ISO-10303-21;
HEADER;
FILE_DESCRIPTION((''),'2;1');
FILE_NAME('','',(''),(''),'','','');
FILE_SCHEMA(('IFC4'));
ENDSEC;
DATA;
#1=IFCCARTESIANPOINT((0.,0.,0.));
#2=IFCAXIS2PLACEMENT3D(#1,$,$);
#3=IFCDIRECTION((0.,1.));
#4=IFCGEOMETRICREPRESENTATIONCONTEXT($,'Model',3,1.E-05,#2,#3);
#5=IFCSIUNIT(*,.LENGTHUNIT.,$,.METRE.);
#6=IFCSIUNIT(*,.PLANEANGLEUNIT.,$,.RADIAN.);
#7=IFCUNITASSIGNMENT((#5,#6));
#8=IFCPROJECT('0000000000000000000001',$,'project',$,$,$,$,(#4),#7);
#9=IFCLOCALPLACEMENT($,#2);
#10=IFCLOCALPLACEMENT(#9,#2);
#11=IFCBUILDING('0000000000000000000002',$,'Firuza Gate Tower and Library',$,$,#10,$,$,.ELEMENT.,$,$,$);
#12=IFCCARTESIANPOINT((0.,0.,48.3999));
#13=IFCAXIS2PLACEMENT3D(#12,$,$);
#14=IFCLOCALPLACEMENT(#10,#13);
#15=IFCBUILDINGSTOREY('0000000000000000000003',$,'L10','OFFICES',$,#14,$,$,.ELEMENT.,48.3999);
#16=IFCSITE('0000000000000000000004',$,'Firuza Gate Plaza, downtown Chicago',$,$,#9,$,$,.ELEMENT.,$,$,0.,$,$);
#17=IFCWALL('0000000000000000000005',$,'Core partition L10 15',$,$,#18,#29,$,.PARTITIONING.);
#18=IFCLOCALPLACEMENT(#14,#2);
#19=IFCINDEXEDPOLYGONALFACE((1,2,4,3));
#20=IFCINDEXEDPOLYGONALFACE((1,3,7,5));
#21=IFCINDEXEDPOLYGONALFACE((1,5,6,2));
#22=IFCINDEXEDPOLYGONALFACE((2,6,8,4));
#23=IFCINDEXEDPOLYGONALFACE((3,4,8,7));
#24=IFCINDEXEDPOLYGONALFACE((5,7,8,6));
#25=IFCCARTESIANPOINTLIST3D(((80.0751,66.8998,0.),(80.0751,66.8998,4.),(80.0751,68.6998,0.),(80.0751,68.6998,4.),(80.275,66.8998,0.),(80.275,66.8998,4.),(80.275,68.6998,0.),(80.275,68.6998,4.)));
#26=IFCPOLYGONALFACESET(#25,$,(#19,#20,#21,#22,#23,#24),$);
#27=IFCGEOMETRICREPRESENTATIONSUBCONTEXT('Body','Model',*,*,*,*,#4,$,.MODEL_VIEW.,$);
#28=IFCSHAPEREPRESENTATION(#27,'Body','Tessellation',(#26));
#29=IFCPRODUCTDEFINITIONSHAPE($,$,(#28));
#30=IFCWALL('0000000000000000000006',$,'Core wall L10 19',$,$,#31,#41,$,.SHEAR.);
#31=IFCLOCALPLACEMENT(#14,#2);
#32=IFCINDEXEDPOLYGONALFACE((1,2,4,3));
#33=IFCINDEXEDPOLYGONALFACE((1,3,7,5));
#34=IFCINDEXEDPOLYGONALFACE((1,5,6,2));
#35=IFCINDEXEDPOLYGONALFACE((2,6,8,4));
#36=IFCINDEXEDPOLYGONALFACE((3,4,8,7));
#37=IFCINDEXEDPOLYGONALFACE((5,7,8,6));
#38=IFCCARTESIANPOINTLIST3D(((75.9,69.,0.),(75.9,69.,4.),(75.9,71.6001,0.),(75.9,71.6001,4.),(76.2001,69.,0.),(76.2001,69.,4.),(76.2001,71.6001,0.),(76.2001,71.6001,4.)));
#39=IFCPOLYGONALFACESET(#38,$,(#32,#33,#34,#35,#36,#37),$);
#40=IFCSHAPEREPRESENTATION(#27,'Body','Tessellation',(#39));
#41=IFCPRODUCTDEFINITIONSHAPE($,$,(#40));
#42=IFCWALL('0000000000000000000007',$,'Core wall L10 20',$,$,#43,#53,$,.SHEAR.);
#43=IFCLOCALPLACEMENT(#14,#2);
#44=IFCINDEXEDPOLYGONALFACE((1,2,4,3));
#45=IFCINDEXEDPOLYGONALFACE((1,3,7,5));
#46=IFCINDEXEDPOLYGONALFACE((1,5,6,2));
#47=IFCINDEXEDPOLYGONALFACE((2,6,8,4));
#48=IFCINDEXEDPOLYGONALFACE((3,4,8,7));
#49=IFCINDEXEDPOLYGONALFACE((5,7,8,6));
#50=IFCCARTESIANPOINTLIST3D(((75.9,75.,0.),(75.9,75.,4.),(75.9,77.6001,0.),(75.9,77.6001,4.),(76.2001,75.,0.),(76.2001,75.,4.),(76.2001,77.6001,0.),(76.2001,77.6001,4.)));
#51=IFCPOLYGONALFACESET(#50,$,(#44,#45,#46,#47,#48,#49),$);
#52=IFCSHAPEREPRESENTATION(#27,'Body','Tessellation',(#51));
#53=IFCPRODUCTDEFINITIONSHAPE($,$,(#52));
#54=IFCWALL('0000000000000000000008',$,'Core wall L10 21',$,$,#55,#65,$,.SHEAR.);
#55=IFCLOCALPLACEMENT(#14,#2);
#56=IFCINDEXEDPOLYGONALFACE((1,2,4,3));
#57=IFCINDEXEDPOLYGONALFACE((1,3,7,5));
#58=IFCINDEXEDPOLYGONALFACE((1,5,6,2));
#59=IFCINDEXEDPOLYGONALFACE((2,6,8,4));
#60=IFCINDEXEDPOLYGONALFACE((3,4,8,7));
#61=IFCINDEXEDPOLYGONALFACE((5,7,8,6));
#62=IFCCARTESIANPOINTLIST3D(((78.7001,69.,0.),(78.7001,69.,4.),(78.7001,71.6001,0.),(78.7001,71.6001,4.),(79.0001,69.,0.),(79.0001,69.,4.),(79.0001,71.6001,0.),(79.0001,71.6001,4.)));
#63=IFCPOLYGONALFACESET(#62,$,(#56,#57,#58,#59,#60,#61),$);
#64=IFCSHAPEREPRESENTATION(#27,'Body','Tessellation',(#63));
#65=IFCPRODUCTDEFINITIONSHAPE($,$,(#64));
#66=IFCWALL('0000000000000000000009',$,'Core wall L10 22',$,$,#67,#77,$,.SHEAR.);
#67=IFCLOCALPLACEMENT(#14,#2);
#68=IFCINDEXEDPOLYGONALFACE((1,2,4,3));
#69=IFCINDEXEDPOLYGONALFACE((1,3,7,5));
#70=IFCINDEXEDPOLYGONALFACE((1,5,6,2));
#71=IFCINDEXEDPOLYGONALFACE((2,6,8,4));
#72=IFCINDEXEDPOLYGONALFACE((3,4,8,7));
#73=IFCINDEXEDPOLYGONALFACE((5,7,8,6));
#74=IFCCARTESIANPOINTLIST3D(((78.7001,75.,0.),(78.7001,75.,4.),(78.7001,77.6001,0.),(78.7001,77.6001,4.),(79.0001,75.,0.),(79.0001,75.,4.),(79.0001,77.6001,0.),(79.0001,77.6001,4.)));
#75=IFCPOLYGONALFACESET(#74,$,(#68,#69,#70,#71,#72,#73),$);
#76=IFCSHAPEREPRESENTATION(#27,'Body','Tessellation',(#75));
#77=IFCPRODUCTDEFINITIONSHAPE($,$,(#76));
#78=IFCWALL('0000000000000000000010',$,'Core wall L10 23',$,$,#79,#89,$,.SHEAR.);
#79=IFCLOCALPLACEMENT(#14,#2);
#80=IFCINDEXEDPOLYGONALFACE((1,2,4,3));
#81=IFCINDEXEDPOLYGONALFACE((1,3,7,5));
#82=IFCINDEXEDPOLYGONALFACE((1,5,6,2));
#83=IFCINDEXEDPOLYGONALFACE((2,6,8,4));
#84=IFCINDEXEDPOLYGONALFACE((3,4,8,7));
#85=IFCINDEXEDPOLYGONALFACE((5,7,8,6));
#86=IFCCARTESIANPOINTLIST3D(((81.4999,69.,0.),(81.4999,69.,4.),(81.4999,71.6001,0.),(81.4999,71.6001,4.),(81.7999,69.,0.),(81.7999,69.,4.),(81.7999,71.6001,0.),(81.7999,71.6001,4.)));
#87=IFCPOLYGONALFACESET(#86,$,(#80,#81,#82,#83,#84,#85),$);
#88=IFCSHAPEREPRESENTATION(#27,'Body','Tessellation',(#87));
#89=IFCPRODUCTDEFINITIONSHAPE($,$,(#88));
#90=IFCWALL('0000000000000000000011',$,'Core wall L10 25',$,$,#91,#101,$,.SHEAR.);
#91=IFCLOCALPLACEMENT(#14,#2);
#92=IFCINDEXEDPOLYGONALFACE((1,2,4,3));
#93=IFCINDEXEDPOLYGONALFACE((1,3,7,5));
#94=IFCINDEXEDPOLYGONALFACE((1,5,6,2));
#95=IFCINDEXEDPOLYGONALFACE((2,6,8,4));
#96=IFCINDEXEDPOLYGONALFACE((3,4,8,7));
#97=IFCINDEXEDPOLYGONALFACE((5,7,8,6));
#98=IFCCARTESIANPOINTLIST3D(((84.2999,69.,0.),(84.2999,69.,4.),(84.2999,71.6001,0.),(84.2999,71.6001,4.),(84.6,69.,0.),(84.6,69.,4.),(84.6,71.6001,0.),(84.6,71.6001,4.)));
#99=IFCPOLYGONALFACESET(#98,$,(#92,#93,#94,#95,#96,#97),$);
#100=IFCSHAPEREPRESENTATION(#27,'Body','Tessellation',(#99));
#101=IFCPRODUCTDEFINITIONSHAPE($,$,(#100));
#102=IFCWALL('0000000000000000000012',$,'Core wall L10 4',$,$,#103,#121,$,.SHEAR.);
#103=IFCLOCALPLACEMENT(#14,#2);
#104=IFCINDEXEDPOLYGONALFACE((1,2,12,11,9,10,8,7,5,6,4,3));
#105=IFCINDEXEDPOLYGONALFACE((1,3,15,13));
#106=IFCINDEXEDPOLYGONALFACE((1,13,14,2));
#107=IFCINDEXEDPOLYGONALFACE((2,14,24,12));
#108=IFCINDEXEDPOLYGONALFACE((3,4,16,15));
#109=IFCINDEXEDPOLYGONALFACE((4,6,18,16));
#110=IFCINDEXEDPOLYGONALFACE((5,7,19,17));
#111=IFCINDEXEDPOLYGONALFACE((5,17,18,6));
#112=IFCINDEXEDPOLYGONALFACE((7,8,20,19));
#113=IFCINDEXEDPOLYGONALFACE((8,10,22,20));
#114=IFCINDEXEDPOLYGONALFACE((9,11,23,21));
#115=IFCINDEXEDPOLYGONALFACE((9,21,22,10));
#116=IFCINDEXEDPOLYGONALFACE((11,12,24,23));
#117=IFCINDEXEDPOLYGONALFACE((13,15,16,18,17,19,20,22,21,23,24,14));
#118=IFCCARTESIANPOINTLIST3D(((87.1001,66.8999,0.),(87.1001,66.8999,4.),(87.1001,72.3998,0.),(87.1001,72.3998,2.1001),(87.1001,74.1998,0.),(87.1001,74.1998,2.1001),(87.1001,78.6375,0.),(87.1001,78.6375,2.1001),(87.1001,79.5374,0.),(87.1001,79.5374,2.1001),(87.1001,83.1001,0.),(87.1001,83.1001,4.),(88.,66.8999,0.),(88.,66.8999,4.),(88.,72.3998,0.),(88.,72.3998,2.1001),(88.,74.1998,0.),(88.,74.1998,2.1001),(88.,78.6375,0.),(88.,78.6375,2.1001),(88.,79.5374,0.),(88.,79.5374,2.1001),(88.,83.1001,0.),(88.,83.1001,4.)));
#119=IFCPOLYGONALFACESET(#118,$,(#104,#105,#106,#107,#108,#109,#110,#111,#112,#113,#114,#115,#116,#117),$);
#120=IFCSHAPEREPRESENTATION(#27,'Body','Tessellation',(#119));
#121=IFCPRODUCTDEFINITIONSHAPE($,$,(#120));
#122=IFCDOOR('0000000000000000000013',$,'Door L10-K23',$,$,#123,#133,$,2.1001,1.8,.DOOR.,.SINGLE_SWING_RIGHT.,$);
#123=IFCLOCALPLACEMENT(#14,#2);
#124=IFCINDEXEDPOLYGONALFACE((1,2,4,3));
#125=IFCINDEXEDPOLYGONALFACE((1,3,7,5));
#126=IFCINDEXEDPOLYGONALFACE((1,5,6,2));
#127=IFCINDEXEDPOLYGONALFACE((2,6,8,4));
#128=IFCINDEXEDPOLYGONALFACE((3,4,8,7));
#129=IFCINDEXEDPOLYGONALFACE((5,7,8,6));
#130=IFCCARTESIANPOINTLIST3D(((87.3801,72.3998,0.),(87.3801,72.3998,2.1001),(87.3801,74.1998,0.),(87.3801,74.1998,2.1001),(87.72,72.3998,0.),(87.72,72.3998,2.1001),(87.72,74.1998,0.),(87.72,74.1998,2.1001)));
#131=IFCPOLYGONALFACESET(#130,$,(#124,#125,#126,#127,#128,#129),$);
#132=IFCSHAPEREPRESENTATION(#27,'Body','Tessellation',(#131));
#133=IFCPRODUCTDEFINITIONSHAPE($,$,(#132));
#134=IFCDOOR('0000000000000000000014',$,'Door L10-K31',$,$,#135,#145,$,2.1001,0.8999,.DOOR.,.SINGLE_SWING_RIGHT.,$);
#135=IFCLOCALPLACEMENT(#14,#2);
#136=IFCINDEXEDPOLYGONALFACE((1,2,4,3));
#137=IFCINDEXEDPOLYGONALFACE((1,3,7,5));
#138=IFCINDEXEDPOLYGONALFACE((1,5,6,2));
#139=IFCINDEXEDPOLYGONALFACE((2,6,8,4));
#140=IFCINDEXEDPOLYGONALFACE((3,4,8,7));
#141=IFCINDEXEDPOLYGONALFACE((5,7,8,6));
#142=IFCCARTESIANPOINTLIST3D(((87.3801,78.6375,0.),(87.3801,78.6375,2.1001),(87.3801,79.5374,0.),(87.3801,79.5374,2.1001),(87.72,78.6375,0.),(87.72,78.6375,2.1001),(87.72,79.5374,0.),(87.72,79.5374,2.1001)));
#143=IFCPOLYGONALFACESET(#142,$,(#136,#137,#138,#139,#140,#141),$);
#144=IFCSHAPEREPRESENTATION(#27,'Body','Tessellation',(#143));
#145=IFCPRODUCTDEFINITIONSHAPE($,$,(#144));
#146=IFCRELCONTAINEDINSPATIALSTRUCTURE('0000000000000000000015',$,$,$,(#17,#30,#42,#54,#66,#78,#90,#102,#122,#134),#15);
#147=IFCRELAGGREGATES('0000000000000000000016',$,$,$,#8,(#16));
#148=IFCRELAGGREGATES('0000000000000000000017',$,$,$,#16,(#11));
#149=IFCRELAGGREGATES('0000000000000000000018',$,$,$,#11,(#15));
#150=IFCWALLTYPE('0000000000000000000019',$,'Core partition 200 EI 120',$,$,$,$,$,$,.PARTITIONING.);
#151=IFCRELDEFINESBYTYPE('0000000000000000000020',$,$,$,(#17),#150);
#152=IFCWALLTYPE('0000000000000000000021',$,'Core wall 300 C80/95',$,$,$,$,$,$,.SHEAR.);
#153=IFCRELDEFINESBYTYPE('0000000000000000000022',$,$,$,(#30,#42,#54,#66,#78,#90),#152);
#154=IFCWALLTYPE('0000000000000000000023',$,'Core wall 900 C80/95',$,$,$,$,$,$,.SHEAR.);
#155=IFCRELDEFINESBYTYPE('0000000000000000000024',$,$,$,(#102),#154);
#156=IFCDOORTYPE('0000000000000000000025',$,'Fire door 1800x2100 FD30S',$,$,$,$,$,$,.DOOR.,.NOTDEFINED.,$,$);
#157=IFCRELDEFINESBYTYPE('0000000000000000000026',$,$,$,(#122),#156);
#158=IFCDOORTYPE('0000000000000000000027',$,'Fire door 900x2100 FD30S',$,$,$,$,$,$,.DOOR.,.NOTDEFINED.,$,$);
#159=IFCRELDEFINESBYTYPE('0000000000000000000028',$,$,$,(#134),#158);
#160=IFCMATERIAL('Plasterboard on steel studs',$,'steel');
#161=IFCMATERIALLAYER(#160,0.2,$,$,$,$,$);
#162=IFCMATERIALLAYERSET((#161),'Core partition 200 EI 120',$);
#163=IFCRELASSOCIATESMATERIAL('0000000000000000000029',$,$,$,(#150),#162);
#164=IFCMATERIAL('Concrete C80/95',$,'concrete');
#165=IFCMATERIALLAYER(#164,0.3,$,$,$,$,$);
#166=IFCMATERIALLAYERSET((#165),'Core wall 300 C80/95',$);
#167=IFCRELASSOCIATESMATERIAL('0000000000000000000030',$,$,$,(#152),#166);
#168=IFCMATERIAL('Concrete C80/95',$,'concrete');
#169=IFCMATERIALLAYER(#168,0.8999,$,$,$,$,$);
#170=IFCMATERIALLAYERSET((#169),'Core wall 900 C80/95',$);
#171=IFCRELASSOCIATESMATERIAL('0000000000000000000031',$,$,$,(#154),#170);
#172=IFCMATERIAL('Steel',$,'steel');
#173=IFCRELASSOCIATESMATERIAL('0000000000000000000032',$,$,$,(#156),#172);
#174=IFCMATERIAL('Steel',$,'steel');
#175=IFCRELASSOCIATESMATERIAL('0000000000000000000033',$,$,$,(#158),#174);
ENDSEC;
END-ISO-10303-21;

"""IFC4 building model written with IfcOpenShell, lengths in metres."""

from ifc_helpers import new_model, si_unit, direction, frame, frame_2d, origin, place, context, subcontext, project, spatial, rectangle, extrude, material, layer, layer_set, type_object, element, fill, save


model = new_model("IFC4")

# Units and contexts
model_context = context("Model", 3, precision=1e-05, world=origin(), true_north=direction((0.0, 1.0)))
body_context = subcontext(model_context, "Body", "Model", "MODEL_VIEW")
ifc_project = project(units=[si_unit("LENGTHUNIT", "METRE"), si_unit("PLANEANGLEUNIT", "RADIAN")], contexts=[model_context])

# Site, building, storey
site_placement = place(None, origin())
site = spatial("IfcSite", under=ifc_project, at=site_placement, Name="Firuza Gate Plaza, downtown Chicago", CompositionType="ELEMENT", RefElevation=0.0)
building_placement = place(site_placement, origin())
building = spatial("IfcBuilding", under=site, at=building_placement, Name="Firuza Gate Tower and Library", CompositionType="ELEMENT")
storey_placement = place(building_placement, frame((0.0, 0.0, 48.3999)))
storey = spatial("IfcBuildingStorey", under=building, at=storey_placement, Name="L10", Description="OFFICES", CompositionType="ELEMENT", Elevation=48.3999)

# Walls
ifc_material_1 = material(Name="Plasterboard on steel studs", Category="steel")
ifc_layer_1 = layer(ifc_material_1, 0.2)
ifc_layer_set_1 = layer_set([ifc_layer_1], Name="Core partition 200 EI 120")
wall_type_1 = type_object("IfcWallType", Name="Core partition 200 EI 120", PredefinedType="PARTITIONING", material=ifc_layer_set_1)
wall_1_placement = place(storey_placement, frame((80.175, 66.8999, 0.0), z_axis=(0.0, 0.0, 1.0), x_axis=(0.0, 1.0, 0.0)))
element("IfcWall", 1, at=wall_1_placement, inside=storey, type_object=wall_type_1, Name="Core partition L10 15", PredefinedType="PARTITIONING", context=body_context, shape_type="SweptSolid", body=[
    extrude(rectangle(XDim=1.8, YDim=0.2, at=frame_2d((0.8999, 0.0))), origin(), (0.0, 0.0, 1.0), 4.0),
])
ifc_material_2 = material(Name="Concrete C80/95", Category="concrete")
ifc_layer_2 = layer(ifc_material_2, 0.3)
ifc_layer_set_2 = layer_set([ifc_layer_2], Name="Core wall 300 C80/95")
wall_type_2 = type_object("IfcWallType", Name="Core wall 300 C80/95", PredefinedType="SHEAR", material=ifc_layer_set_2)
for number, where, z_axis, x_axis, name in (
    (2, (76.05, 69.0, 0.0), (0.0, 0.0, 1.0), (0.0, 1.0, 0.0), "Core wall L10 19"),
    (3, (76.05, 75.0, 0.0), (0.0, 0.0, 1.0), (0.0, 1.0, 0.0), "Core wall L10 20"),
    (4, (78.8501, 69.0, 0.0), (0.0, 0.0, 1.0), (0.0, 1.0, 0.0), "Core wall L10 21"),
    (5, (78.8501, 75.0, 0.0), (0.0, 0.0, 1.0), (0.0, 1.0, 0.0), "Core wall L10 22"),
    (6, (81.6499, 69.0, 0.0), (0.0, 0.0, 1.0), (0.0, 1.0, 0.0), "Core wall L10 23"),
    (7, (84.45, 69.0, 0.0), (0.0, 0.0, 1.0), (0.0, 1.0, 0.0), "Core wall L10 25"),
):
    element("IfcWall", number, at=place(storey_placement, frame(where, z_axis=z_axis, x_axis=x_axis)), inside=storey, type_object=wall_type_2, Name=name, PredefinedType="SHEAR", context=body_context, shape_type="SweptSolid", body=[
        extrude(rectangle(XDim=2.6001, YDim=0.3, at=frame_2d((1.3, 0.0))), origin(), (0.0, 0.0, 1.0), 4.0),
    ])

# Wall, openings, doors
ifc_material_3 = material(Name="Concrete C80/95", Category="concrete")
ifc_layer_3 = layer(ifc_material_3, 0.8999)
ifc_layer_set_3 = layer_set([ifc_layer_3], Name="Core wall 900 C80/95")
wall_type_3 = type_object("IfcWallType", Name="Core wall 900 C80/95", PredefinedType="SHEAR", material=ifc_layer_set_3)
wall_2_placement = place(storey_placement, frame((87.55, 66.8999, 0.0), z_axis=(0.0, 0.0, 1.0), x_axis=(0.0, 1.0, 0.0)))
wall_2 = element("IfcWall", 8, at=wall_2_placement, inside=storey, type_object=wall_type_3, Name="Core wall L10 4", PredefinedType="SHEAR", context=body_context, shape_type="SweptSolid", body=[
    extrude(rectangle(XDim=16.2002, YDim=0.8999, at=frame_2d((8.1001, 0.0))), origin(), (0.0, 0.0, 1.0), 4.0),
])
opening_1_placement = place(wall_2_placement, frame((5.5, 0.0, 0.0)))
opening_1 = element("IfcOpeningElement", 9, at=opening_1_placement, cuts=wall_2, PredefinedType="OPENING", context=body_context, shape_type="SweptSolid", body=[
    extrude(rectangle(XDim=1.8, YDim=2.1001, at=frame_2d((0.8999, 1.05))), frame((0.0, 0.46, 0.0), z_axis=(0.0, -1.0, 0.0), x_axis=(1.0, 0.0, 0.0)), (0.0, 0.0, 1.0), 0.9199),
])
opening_2_placement = place(wall_2_placement, frame((11.7375, 0.0, 0.0)))
opening_2 = element("IfcOpeningElement", 10, at=opening_2_placement, cuts=wall_2, PredefinedType="OPENING", context=body_context, shape_type="SweptSolid", body=[
    extrude(rectangle(XDim=0.8999, YDim=2.1001, at=frame_2d((0.45, 1.05))), frame((0.0, 0.46, 0.0), z_axis=(0.0, -1.0, 0.0), x_axis=(1.0, 0.0, 0.0)), (0.0, 0.0, 1.0), 0.9199),
])
ifc_material_4 = material(Name="Steel", Category="steel")
door_type_1 = type_object("IfcDoorType", Name="Fire door 1800x2100 FD30S", OperationType="NOTDEFINED", PredefinedType="DOOR", material=ifc_material_4)
door_1_placement = place(opening_1_placement, origin())
door_1 = element("IfcDoor", 11, at=door_1_placement, inside=storey, type_object=door_type_1, Name="Door L10-K23", OperationType="SINGLE_SWING_RIGHT", OverallHeight=2.1001, OverallWidth=1.8, PredefinedType="DOOR", context=body_context, shape_type="SweptSolid", body=[
    extrude(rectangle(XDim=1.8, YDim=2.1001, at=frame_2d((0.8999, 1.05))), frame((0.0, 0.1699, 0.0), z_axis=(0.0, -1.0, 0.0), x_axis=(1.0, 0.0, 0.0)), (0.0, 0.0, 1.0), 0.3398),
])
fill(opening_1, door_1)
ifc_material_5 = material(Name="Steel", Category="steel")
door_type_2 = type_object("IfcDoorType", Name="Fire door 900x2100 FD30S", OperationType="NOTDEFINED", PredefinedType="DOOR", material=ifc_material_5)
door_2_placement = place(opening_2_placement, origin())
door_2 = element("IfcDoor", 12, at=door_2_placement, inside=storey, type_object=door_type_2, Name="Door L10-K31", OperationType="SINGLE_SWING_RIGHT", OverallHeight=2.1001, OverallWidth=0.8999, PredefinedType="DOOR", context=body_context, shape_type="SweptSolid", body=[
    extrude(rectangle(XDim=0.8999, YDim=2.1001, at=frame_2d((0.45, 1.05))), frame((0.0, 0.1699, 0.0), z_axis=(0.0, -1.0, 0.0), x_axis=(1.0, 0.0, 0.0)), (0.0, 0.0, 1.0), 0.3398),
])
fill(opening_2, door_2)

save(model, "model.ifc")
